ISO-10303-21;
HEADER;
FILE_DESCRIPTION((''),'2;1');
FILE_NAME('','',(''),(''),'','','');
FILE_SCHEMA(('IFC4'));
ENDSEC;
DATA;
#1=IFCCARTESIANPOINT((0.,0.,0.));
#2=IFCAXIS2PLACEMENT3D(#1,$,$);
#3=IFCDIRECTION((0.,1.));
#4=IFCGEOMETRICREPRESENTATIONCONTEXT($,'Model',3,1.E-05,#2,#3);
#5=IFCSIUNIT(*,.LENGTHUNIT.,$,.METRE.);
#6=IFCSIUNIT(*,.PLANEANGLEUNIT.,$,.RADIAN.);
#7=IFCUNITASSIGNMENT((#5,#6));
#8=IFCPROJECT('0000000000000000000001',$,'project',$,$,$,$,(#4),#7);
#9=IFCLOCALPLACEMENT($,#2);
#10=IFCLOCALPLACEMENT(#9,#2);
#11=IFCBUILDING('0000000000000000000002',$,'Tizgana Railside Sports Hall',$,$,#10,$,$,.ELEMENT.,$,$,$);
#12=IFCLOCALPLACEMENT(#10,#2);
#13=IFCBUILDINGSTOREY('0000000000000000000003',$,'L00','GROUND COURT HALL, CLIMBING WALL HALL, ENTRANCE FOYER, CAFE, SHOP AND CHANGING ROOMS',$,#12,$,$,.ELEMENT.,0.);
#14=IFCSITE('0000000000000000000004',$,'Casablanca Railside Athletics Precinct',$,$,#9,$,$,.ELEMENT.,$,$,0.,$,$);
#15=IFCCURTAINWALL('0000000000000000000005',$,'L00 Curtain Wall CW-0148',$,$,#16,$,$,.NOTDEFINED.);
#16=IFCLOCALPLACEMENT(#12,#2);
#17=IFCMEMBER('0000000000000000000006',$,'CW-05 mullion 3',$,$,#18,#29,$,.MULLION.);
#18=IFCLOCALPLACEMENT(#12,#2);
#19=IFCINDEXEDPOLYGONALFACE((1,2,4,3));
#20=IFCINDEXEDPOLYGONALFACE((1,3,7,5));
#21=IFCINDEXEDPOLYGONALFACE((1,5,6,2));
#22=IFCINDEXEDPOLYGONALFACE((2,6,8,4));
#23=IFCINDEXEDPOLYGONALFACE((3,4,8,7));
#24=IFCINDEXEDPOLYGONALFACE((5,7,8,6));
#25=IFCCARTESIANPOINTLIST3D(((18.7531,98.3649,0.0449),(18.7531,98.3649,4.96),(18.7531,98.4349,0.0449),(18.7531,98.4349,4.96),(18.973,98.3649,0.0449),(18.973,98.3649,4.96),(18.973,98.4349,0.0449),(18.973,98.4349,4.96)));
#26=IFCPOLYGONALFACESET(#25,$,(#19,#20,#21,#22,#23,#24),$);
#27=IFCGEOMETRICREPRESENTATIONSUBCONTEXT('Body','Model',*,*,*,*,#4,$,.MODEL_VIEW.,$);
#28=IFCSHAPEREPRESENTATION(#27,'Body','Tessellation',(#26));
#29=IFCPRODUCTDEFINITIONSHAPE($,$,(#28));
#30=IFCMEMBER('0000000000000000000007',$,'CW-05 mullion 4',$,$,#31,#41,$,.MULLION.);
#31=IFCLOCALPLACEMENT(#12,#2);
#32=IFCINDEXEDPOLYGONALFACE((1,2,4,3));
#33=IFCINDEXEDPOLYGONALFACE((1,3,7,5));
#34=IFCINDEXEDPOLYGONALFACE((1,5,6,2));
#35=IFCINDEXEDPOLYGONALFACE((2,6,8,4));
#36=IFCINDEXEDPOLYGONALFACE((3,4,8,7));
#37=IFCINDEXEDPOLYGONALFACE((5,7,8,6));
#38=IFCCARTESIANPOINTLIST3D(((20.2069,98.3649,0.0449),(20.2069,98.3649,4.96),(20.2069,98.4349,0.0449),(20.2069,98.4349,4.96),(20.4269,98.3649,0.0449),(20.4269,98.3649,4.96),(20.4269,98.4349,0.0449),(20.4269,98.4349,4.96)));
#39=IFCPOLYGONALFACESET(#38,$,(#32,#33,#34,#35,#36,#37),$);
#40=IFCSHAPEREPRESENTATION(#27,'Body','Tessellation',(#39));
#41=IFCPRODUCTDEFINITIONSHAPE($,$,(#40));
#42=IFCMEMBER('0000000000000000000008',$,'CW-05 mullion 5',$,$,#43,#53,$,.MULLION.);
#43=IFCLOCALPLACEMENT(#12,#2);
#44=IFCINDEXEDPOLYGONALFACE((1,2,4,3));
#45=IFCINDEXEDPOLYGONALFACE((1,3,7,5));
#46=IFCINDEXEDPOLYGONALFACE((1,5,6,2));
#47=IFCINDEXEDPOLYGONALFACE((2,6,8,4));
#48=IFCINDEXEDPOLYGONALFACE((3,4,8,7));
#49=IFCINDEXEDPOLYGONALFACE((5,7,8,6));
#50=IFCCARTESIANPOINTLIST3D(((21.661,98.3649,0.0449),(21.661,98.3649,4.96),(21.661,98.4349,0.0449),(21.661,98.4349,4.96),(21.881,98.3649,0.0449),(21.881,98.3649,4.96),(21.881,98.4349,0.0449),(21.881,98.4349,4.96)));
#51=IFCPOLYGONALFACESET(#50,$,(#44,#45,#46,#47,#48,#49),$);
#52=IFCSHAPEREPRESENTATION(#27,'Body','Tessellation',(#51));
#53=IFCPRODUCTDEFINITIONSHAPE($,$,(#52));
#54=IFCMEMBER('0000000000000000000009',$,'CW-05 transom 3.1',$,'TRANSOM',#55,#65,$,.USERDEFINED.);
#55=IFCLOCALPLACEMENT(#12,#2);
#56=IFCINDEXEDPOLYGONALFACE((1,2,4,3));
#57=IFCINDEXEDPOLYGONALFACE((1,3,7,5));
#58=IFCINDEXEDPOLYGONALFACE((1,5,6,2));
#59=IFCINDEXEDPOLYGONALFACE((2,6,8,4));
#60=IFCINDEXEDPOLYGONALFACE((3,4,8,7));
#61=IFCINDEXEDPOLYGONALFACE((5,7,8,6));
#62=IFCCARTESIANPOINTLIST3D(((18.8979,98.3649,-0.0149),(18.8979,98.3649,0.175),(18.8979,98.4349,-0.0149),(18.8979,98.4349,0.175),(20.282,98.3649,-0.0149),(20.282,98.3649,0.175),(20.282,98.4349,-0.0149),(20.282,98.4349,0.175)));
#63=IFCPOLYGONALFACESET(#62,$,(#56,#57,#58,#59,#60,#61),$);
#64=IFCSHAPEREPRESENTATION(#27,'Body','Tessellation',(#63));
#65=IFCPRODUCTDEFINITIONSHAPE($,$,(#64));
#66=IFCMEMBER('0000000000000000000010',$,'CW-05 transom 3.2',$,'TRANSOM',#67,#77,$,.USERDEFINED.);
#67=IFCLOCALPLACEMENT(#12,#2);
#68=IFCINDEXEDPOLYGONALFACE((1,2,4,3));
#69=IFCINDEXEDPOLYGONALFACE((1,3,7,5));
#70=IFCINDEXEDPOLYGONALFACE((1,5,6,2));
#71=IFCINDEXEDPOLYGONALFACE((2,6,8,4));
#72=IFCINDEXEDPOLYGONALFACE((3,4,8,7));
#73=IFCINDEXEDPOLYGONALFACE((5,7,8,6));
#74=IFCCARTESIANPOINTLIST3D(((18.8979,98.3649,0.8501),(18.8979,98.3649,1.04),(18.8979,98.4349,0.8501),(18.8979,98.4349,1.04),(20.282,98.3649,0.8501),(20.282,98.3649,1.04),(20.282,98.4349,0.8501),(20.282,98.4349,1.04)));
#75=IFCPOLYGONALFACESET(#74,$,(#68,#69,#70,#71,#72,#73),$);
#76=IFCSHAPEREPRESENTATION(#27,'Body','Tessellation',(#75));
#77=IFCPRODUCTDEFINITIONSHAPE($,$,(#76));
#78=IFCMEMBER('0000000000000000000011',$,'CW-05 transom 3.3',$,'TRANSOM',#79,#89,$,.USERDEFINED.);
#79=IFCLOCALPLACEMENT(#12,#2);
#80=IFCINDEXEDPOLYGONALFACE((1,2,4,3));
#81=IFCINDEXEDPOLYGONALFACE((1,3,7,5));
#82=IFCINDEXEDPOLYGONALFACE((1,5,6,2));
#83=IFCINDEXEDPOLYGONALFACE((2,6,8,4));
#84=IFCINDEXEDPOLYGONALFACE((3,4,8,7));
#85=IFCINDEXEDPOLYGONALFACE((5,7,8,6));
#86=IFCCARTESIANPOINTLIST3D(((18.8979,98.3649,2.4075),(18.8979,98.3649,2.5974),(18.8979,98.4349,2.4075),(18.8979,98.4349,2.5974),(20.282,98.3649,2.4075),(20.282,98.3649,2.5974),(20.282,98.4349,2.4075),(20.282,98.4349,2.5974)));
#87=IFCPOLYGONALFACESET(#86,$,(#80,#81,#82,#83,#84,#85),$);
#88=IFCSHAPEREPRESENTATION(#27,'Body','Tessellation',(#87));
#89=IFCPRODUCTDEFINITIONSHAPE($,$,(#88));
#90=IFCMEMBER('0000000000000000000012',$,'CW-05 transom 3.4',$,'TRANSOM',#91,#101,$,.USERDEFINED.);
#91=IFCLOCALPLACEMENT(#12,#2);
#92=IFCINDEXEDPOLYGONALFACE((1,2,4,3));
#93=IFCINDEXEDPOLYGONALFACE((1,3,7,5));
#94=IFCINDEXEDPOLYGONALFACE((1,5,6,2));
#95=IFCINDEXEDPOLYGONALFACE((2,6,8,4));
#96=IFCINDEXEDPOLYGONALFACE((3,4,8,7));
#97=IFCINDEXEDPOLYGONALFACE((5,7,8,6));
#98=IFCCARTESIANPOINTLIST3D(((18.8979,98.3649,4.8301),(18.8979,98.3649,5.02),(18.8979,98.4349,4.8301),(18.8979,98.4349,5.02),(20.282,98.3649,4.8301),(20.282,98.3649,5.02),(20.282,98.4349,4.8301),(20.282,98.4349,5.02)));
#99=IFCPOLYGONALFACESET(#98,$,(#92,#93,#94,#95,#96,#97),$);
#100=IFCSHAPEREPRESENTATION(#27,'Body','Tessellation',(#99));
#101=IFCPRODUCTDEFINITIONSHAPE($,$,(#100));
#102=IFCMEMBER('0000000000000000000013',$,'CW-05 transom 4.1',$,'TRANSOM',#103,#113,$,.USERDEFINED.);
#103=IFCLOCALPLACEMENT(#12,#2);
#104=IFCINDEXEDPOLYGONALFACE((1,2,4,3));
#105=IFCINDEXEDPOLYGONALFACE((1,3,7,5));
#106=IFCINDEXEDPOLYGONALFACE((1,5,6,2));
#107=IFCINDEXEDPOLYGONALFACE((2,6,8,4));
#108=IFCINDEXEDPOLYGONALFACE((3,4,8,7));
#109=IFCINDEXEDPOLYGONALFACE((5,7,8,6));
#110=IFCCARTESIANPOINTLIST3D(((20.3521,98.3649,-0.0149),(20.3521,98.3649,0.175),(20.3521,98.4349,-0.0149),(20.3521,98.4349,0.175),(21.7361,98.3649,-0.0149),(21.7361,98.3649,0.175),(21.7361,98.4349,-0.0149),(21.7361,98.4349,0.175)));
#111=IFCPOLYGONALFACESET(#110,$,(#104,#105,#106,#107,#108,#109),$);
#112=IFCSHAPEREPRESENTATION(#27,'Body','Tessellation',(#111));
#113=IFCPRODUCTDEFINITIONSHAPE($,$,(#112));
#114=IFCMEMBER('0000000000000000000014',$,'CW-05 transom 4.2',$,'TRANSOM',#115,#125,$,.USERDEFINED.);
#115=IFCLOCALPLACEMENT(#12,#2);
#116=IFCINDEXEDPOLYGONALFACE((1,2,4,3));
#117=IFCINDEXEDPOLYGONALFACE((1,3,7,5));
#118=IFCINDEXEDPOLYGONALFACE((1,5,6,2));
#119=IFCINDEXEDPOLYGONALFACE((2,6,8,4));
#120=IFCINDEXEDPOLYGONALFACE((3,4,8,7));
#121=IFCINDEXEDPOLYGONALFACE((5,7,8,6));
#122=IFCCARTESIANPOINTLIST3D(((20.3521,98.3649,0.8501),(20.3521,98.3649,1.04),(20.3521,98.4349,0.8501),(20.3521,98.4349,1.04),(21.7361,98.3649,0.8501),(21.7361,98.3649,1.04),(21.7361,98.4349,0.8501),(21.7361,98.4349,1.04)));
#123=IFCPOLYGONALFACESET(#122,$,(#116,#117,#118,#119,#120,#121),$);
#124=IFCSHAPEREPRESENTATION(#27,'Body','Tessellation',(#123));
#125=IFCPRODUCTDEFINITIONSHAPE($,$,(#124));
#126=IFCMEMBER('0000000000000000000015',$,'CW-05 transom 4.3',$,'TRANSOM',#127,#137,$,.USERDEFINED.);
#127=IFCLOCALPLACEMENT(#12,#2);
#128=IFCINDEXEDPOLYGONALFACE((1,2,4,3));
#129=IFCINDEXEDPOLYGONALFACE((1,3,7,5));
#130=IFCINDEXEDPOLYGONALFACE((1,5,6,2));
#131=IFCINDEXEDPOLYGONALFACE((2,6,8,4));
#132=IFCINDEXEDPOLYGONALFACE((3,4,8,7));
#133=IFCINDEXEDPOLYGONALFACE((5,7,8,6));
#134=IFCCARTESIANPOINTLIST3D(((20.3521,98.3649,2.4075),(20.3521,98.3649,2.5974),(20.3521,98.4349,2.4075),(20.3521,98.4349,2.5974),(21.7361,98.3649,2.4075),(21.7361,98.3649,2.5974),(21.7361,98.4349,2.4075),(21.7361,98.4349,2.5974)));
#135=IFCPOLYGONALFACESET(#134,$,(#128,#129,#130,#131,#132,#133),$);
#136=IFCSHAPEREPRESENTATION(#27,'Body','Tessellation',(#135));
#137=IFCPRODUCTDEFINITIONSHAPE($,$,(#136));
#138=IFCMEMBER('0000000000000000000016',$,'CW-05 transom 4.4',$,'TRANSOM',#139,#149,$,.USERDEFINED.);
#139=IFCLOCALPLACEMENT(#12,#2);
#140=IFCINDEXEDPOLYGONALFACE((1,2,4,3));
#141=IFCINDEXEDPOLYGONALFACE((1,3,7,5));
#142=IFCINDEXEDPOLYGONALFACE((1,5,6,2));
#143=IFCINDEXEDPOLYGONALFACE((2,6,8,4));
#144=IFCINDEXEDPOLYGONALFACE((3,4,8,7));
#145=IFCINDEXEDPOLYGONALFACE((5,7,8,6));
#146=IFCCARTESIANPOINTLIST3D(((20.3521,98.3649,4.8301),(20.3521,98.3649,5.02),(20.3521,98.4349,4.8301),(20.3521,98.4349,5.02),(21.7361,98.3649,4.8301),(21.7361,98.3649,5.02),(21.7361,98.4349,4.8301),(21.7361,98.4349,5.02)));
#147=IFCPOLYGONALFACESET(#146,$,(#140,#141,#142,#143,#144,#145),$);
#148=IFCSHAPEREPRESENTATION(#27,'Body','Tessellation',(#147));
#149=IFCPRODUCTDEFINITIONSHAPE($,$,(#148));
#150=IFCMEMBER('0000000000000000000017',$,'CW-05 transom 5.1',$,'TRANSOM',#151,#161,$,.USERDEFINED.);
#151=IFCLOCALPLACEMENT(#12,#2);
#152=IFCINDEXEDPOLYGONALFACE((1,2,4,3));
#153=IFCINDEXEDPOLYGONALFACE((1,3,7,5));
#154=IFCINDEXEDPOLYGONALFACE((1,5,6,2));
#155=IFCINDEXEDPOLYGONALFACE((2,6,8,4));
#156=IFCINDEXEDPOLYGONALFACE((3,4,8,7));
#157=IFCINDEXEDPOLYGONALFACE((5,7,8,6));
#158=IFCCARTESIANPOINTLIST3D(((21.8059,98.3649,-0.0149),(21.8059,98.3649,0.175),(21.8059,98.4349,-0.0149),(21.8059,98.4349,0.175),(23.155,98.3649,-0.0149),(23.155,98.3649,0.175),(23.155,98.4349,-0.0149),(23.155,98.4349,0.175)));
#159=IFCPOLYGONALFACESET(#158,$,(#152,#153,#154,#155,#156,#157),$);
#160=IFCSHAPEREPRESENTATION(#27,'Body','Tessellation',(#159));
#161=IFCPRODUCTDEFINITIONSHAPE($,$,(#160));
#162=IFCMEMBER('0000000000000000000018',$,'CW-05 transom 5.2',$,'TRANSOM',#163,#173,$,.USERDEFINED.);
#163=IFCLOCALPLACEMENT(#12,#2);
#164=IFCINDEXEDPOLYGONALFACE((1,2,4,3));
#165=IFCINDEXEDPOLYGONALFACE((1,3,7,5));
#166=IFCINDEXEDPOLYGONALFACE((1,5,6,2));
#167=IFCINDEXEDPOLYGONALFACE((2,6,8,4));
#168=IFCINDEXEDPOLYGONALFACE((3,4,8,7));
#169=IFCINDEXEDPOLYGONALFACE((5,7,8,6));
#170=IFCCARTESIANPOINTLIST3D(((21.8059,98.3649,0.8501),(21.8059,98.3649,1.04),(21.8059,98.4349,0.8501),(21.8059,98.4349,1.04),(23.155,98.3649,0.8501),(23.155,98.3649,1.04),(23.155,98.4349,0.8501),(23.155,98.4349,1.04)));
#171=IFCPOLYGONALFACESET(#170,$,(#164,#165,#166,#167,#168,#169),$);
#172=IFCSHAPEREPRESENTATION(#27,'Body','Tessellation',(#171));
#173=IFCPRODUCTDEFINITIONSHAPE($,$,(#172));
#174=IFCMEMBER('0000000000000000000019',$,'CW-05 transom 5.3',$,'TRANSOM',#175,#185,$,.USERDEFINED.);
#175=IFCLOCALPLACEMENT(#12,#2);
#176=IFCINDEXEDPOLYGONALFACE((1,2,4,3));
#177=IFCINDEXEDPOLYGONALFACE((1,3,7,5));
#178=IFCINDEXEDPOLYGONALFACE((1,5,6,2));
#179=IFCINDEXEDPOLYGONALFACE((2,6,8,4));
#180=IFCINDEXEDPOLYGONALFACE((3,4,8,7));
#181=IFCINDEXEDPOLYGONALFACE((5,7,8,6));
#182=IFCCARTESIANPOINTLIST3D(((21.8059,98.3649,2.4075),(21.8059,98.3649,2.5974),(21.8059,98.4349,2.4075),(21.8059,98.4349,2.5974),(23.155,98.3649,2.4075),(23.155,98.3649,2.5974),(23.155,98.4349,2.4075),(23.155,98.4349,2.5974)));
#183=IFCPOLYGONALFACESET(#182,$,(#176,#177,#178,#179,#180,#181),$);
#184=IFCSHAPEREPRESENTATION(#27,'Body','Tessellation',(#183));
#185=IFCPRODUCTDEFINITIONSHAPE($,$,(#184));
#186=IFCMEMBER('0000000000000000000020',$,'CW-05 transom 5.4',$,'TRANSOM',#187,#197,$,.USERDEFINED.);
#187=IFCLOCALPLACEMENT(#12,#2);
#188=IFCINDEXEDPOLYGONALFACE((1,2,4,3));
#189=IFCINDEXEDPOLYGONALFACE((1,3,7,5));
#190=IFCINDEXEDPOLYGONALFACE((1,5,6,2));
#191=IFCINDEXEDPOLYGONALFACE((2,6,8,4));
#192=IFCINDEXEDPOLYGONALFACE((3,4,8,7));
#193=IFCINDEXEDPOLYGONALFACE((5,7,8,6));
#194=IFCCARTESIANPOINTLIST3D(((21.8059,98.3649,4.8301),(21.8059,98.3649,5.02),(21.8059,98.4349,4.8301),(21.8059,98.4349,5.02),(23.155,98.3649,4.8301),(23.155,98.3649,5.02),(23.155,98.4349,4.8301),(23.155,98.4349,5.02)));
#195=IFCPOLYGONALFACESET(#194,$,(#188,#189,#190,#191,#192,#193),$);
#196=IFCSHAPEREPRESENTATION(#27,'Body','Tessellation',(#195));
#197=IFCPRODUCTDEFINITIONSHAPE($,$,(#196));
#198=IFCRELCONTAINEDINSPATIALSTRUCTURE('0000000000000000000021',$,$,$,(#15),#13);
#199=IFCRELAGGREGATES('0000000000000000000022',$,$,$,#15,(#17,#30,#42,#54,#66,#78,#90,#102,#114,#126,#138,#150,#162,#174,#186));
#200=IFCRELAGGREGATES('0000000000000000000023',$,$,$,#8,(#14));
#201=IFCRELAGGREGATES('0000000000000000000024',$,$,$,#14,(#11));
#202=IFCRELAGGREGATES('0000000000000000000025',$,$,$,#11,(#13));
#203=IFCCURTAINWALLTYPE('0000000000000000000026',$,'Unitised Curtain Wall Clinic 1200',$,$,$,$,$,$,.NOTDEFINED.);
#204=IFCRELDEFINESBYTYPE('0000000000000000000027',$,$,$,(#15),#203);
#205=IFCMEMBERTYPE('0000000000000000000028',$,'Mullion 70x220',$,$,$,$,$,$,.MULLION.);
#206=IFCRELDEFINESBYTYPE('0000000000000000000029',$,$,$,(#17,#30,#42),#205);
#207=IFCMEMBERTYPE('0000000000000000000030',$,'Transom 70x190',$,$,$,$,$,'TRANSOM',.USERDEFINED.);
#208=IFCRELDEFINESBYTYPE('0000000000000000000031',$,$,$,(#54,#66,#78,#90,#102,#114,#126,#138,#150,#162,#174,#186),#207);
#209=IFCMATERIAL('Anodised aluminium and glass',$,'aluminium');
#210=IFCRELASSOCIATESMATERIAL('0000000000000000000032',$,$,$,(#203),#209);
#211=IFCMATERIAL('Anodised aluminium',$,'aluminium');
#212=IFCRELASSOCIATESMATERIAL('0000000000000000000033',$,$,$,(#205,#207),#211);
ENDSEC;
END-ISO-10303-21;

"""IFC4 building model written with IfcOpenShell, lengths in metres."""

from ifc_helpers import new_model, si_unit, direction, frame, origin, origin_2d, place, context, subcontext, project, spatial, rectangle, extrude, material, material_profile, profile_set, type_object, element, aggregate, save


model = new_model("IFC4")

# Units and contexts
model_context = context("Model", 3, precision=1e-05, world=origin(), true_north=direction((0.0, 1.0)))
body_context = subcontext(model_context, "Body", "Model", "MODEL_VIEW")
ifc_project = project(units=[si_unit("LENGTHUNIT", "METRE"), si_unit("PLANEANGLEUNIT", "RADIAN")], contexts=[model_context])

# Site, building, storey
site_placement = place(None, origin())
site = spatial("IfcSite", under=ifc_project, at=site_placement, Name="Casablanca Railside Athletics Precinct", CompositionType="ELEMENT", RefElevation=0.0)
building_placement = place(site_placement, origin())
building = spatial("IfcBuilding", under=site, at=building_placement, Name="Tizgana Railside Sports Hall", CompositionType="ELEMENT")
storey_placement = place(building_placement, origin())
storey = spatial("IfcBuildingStorey", under=building, at=storey_placement, Name="L00", Description="GROUND COURT HALL, CLIMBING WALL HALL, ENTRANCE FOYER, CAFE, SHOP AND CHANGING ROOMS", CompositionType="ELEMENT", Elevation=0.0)

# Curtain wall, members
ifc_material_1 = material(Name="Anodised aluminium and glass", Category="aluminium")
curtain_wall_type = type_object("IfcCurtainWallType", Name="Unitised Curtain Wall Clinic 1200", PredefinedType="NOTDEFINED", material=ifc_material_1)
curtain_wall_placement = place(storey_placement, origin())
curtain_wall = element("IfcCurtainWall", 1, at=curtain_wall_placement, inside=storey, type_object=curtain_wall_type, Name="L00 Curtain Wall CW-0148", PredefinedType="NOTDEFINED")
ifc_material_2 = material(Name="Anodised aluminium", Category="aluminium")
ifc_material_profile_1 = material_profile(ifc_material_2, rectangle(XDim=0.0701, YDim=0.22, at=origin_2d()), Name="Mullion 70x220")
ifc_profile_set_1 = profile_set([ifc_material_profile_1], Name="Anodised aluminium")
member_type_1 = type_object("IfcMemberType", Name="Mullion 70x220", PredefinedType="MULLION", material=ifc_profile_set_1)
member_1_placement = place(storey_placement, frame((18.863, 98.3999, 0.0449), z_axis=(0.0, 0.0, 1.0), x_axis=(0.0, 1.0, 0.0)))
member_1 = element("IfcMember", 2, at=member_1_placement, type_object=member_type_1, Name="CW-05 mullion 3", PredefinedType="MULLION", context=body_context, shape_type="SweptSolid", body=[
    extrude(rectangle(XDim=0.0701, YDim=0.22, at=origin_2d()), origin(), (0.0, 0.0, 1.0), 4.915),
])
member_2_placement = place(storey_placement, frame((20.3169, 98.3999, 0.0449), z_axis=(0.0, 0.0, 1.0), x_axis=(0.0, 1.0, 0.0)))
member_2 = element("IfcMember", 3, at=member_2_placement, type_object=member_type_1, Name="CW-05 mullion 4", PredefinedType="MULLION", context=body_context, shape_type="SweptSolid", body=[
    extrude(rectangle(XDim=0.0701, YDim=0.22, at=origin_2d()), origin(), (0.0, 0.0, 1.0), 4.915),
])
member_3_placement = place(storey_placement, frame((21.771, 98.3999, 0.0449), z_axis=(0.0, 0.0, 1.0), x_axis=(0.0, 1.0, 0.0)))
member_3 = element("IfcMember", 4, at=member_3_placement, type_object=member_type_1, Name="CW-05 mullion 5", PredefinedType="MULLION", context=body_context, shape_type="SweptSolid", body=[
    extrude(rectangle(XDim=0.0701, YDim=0.22, at=origin_2d()), origin(), (0.0, 0.0, 1.0), 4.915),
])
ifc_material_profile_2 = material_profile(ifc_material_2, rectangle(XDim=0.0701, YDim=0.1899, at=origin_2d()), Name="Transom 70x190")
ifc_profile_set_2 = profile_set([ifc_material_profile_2], Name="Anodised aluminium")
member_type_2 = type_object("IfcMemberType", Name="Transom 70x190", ElementType="TRANSOM", PredefinedType="USERDEFINED", material=ifc_profile_set_2)
member_4_placement = place(storey_placement, frame((18.8979, 98.3999, 0.0801), z_axis=(1.0, 0.0, 0.0), x_axis=(0.0, 1.0, 0.0)))
member_4 = element("IfcMember", 5, at=member_4_placement, type_object=member_type_2, Name="CW-05 transom 3.1", ObjectType="TRANSOM", PredefinedType="USERDEFINED", context=body_context, shape_type="SweptSolid", body=[
    extrude(rectangle(XDim=0.0701, YDim=0.1899, at=origin_2d()), origin(), (0.0, 0.0, 1.0), 1.384),
])
member_5_placement = place(storey_placement, frame((18.8979, 98.3999, 0.9451), z_axis=(1.0, 0.0, 0.0), x_axis=(0.0, 1.0, 0.0)))
member_5 = element("IfcMember", 6, at=member_5_placement, type_object=member_type_2, Name="CW-05 transom 3.2", ObjectType="TRANSOM", PredefinedType="USERDEFINED", context=body_context, shape_type="SweptSolid", body=[
    extrude(rectangle(XDim=0.0701, YDim=0.1899, at=origin_2d()), origin(), (0.0, 0.0, 1.0), 1.384),
])
member_6_placement = place(storey_placement, frame((18.8979, 98.3999, 2.5024), z_axis=(1.0, 0.0, 0.0), x_axis=(0.0, 1.0, 0.0)))
member_6 = element("IfcMember", 7, at=member_6_placement, type_object=member_type_2, Name="CW-05 transom 3.3", ObjectType="TRANSOM", PredefinedType="USERDEFINED", context=body_context, shape_type="SweptSolid", body=[
    extrude(rectangle(XDim=0.0701, YDim=0.1899, at=origin_2d()), origin(), (0.0, 0.0, 1.0), 1.384),
])
member_7_placement = place(storey_placement, frame((18.8979, 98.3999, 4.925), z_axis=(1.0, 0.0, 0.0), x_axis=(0.0, 1.0, 0.0)))
member_7 = element("IfcMember", 8, at=member_7_placement, type_object=member_type_2, Name="CW-05 transom 3.4", ObjectType="TRANSOM", PredefinedType="USERDEFINED", context=body_context, shape_type="SweptSolid", body=[
    extrude(rectangle(XDim=0.0701, YDim=0.1899, at=origin_2d()), origin(), (0.0, 0.0, 1.0), 1.384),
])
member_8_placement = place(storey_placement, frame((20.3521, 98.3999, 0.0801), z_axis=(1.0, 0.0, 0.0), x_axis=(0.0, 1.0, 0.0)))
member_8 = element("IfcMember", 9, at=member_8_placement, type_object=member_type_2, Name="CW-05 transom 4.1", ObjectType="TRANSOM", PredefinedType="USERDEFINED", context=body_context, shape_type="SweptSolid", body=[
    extrude(rectangle(XDim=0.0701, YDim=0.1899, at=origin_2d()), origin(), (0.0, 0.0, 1.0), 1.384),
])
member_9_placement = place(storey_placement, frame((20.3521, 98.3999, 0.9451), z_axis=(1.0, 0.0, 0.0), x_axis=(0.0, 1.0, 0.0)))
member_9 = element("IfcMember", 10, at=member_9_placement, type_object=member_type_2, Name="CW-05 transom 4.2", ObjectType="TRANSOM", PredefinedType="USERDEFINED", context=body_context, shape_type="SweptSolid", body=[
    extrude(rectangle(XDim=0.0701, YDim=0.1899, at=origin_2d()), origin(), (0.0, 0.0, 1.0), 1.384),
])
member_10_placement = place(storey_placement, frame((20.3521, 98.3999, 2.5024), z_axis=(1.0, 0.0, 0.0), x_axis=(0.0, 1.0, 0.0)))
member_10 = element("IfcMember", 11, at=member_10_placement, type_object=member_type_2, Name="CW-05 transom 4.3", ObjectType="TRANSOM", PredefinedType="USERDEFINED", context=body_context, shape_type="SweptSolid", body=[
    extrude(rectangle(XDim=0.0701, YDim=0.1899, at=origin_2d()), origin(), (0.0, 0.0, 1.0), 1.384),
])
member_11_placement = place(storey_placement, frame((20.3521, 98.3999, 4.925), z_axis=(1.0, 0.0, 0.0), x_axis=(0.0, 1.0, 0.0)))
member_11 = element("IfcMember", 12, at=member_11_placement, type_object=member_type_2, Name="CW-05 transom 4.4", ObjectType="TRANSOM", PredefinedType="USERDEFINED", context=body_context, shape_type="SweptSolid", body=[
    extrude(rectangle(XDim=0.0701, YDim=0.1899, at=origin_2d()), origin(), (0.0, 0.0, 1.0), 1.384),
])
member_12_placement = place(storey_placement, frame((21.8059, 98.3999, 0.0801), z_axis=(1.0, 0.0, 0.0), x_axis=(0.0, 1.0, 0.0)))
member_12 = element("IfcMember", 13, at=member_12_placement, type_object=member_type_2, Name="CW-05 transom 5.1", ObjectType="TRANSOM", PredefinedType="USERDEFINED", context=body_context, shape_type="SweptSolid", body=[
    extrude(rectangle(XDim=0.0701, YDim=0.1899, at=origin_2d()), origin(), (0.0, 0.0, 1.0), 1.3491),
])
member_13_placement = place(storey_placement, frame((21.8059, 98.3999, 0.9451), z_axis=(1.0, 0.0, 0.0), x_axis=(0.0, 1.0, 0.0)))
member_13 = element("IfcMember", 14, at=member_13_placement, type_object=member_type_2, Name="CW-05 transom 5.2", ObjectType="TRANSOM", PredefinedType="USERDEFINED", context=body_context, shape_type="SweptSolid", body=[
    extrude(rectangle(XDim=0.0701, YDim=0.1899, at=origin_2d()), origin(), (0.0, 0.0, 1.0), 1.3491),
])
member_14_placement = place(storey_placement, frame((21.8059, 98.3999, 2.5024), z_axis=(1.0, 0.0, 0.0), x_axis=(0.0, 1.0, 0.0)))
member_14 = element("IfcMember", 15, at=member_14_placement, type_object=member_type_2, Name="CW-05 transom 5.3", ObjectType="TRANSOM", PredefinedType="USERDEFINED", context=body_context, shape_type="SweptSolid", body=[
    extrude(rectangle(XDim=0.0701, YDim=0.1899, at=origin_2d()), origin(), (0.0, 0.0, 1.0), 1.3491),
])
member_15_placement = place(storey_placement, frame((21.8059, 98.3999, 4.925), z_axis=(1.0, 0.0, 0.0), x_axis=(0.0, 1.0, 0.0)))
member_15 = element("IfcMember", 16, at=member_15_placement, type_object=member_type_2, Name="CW-05 transom 5.4", ObjectType="TRANSOM", PredefinedType="USERDEFINED", context=body_context, shape_type="SweptSolid", body=[
    extrude(rectangle(XDim=0.0701, YDim=0.1899, at=origin_2d()), origin(), (0.0, 0.0, 1.0), 1.3491),
])
aggregate(curtain_wall, [member_1, member_2, member_3, member_4, member_5, member_6, member_7, member_8, member_9, member_10, member_11, member_12, member_13, member_14, member_15])

save(model, "model.ifc")
